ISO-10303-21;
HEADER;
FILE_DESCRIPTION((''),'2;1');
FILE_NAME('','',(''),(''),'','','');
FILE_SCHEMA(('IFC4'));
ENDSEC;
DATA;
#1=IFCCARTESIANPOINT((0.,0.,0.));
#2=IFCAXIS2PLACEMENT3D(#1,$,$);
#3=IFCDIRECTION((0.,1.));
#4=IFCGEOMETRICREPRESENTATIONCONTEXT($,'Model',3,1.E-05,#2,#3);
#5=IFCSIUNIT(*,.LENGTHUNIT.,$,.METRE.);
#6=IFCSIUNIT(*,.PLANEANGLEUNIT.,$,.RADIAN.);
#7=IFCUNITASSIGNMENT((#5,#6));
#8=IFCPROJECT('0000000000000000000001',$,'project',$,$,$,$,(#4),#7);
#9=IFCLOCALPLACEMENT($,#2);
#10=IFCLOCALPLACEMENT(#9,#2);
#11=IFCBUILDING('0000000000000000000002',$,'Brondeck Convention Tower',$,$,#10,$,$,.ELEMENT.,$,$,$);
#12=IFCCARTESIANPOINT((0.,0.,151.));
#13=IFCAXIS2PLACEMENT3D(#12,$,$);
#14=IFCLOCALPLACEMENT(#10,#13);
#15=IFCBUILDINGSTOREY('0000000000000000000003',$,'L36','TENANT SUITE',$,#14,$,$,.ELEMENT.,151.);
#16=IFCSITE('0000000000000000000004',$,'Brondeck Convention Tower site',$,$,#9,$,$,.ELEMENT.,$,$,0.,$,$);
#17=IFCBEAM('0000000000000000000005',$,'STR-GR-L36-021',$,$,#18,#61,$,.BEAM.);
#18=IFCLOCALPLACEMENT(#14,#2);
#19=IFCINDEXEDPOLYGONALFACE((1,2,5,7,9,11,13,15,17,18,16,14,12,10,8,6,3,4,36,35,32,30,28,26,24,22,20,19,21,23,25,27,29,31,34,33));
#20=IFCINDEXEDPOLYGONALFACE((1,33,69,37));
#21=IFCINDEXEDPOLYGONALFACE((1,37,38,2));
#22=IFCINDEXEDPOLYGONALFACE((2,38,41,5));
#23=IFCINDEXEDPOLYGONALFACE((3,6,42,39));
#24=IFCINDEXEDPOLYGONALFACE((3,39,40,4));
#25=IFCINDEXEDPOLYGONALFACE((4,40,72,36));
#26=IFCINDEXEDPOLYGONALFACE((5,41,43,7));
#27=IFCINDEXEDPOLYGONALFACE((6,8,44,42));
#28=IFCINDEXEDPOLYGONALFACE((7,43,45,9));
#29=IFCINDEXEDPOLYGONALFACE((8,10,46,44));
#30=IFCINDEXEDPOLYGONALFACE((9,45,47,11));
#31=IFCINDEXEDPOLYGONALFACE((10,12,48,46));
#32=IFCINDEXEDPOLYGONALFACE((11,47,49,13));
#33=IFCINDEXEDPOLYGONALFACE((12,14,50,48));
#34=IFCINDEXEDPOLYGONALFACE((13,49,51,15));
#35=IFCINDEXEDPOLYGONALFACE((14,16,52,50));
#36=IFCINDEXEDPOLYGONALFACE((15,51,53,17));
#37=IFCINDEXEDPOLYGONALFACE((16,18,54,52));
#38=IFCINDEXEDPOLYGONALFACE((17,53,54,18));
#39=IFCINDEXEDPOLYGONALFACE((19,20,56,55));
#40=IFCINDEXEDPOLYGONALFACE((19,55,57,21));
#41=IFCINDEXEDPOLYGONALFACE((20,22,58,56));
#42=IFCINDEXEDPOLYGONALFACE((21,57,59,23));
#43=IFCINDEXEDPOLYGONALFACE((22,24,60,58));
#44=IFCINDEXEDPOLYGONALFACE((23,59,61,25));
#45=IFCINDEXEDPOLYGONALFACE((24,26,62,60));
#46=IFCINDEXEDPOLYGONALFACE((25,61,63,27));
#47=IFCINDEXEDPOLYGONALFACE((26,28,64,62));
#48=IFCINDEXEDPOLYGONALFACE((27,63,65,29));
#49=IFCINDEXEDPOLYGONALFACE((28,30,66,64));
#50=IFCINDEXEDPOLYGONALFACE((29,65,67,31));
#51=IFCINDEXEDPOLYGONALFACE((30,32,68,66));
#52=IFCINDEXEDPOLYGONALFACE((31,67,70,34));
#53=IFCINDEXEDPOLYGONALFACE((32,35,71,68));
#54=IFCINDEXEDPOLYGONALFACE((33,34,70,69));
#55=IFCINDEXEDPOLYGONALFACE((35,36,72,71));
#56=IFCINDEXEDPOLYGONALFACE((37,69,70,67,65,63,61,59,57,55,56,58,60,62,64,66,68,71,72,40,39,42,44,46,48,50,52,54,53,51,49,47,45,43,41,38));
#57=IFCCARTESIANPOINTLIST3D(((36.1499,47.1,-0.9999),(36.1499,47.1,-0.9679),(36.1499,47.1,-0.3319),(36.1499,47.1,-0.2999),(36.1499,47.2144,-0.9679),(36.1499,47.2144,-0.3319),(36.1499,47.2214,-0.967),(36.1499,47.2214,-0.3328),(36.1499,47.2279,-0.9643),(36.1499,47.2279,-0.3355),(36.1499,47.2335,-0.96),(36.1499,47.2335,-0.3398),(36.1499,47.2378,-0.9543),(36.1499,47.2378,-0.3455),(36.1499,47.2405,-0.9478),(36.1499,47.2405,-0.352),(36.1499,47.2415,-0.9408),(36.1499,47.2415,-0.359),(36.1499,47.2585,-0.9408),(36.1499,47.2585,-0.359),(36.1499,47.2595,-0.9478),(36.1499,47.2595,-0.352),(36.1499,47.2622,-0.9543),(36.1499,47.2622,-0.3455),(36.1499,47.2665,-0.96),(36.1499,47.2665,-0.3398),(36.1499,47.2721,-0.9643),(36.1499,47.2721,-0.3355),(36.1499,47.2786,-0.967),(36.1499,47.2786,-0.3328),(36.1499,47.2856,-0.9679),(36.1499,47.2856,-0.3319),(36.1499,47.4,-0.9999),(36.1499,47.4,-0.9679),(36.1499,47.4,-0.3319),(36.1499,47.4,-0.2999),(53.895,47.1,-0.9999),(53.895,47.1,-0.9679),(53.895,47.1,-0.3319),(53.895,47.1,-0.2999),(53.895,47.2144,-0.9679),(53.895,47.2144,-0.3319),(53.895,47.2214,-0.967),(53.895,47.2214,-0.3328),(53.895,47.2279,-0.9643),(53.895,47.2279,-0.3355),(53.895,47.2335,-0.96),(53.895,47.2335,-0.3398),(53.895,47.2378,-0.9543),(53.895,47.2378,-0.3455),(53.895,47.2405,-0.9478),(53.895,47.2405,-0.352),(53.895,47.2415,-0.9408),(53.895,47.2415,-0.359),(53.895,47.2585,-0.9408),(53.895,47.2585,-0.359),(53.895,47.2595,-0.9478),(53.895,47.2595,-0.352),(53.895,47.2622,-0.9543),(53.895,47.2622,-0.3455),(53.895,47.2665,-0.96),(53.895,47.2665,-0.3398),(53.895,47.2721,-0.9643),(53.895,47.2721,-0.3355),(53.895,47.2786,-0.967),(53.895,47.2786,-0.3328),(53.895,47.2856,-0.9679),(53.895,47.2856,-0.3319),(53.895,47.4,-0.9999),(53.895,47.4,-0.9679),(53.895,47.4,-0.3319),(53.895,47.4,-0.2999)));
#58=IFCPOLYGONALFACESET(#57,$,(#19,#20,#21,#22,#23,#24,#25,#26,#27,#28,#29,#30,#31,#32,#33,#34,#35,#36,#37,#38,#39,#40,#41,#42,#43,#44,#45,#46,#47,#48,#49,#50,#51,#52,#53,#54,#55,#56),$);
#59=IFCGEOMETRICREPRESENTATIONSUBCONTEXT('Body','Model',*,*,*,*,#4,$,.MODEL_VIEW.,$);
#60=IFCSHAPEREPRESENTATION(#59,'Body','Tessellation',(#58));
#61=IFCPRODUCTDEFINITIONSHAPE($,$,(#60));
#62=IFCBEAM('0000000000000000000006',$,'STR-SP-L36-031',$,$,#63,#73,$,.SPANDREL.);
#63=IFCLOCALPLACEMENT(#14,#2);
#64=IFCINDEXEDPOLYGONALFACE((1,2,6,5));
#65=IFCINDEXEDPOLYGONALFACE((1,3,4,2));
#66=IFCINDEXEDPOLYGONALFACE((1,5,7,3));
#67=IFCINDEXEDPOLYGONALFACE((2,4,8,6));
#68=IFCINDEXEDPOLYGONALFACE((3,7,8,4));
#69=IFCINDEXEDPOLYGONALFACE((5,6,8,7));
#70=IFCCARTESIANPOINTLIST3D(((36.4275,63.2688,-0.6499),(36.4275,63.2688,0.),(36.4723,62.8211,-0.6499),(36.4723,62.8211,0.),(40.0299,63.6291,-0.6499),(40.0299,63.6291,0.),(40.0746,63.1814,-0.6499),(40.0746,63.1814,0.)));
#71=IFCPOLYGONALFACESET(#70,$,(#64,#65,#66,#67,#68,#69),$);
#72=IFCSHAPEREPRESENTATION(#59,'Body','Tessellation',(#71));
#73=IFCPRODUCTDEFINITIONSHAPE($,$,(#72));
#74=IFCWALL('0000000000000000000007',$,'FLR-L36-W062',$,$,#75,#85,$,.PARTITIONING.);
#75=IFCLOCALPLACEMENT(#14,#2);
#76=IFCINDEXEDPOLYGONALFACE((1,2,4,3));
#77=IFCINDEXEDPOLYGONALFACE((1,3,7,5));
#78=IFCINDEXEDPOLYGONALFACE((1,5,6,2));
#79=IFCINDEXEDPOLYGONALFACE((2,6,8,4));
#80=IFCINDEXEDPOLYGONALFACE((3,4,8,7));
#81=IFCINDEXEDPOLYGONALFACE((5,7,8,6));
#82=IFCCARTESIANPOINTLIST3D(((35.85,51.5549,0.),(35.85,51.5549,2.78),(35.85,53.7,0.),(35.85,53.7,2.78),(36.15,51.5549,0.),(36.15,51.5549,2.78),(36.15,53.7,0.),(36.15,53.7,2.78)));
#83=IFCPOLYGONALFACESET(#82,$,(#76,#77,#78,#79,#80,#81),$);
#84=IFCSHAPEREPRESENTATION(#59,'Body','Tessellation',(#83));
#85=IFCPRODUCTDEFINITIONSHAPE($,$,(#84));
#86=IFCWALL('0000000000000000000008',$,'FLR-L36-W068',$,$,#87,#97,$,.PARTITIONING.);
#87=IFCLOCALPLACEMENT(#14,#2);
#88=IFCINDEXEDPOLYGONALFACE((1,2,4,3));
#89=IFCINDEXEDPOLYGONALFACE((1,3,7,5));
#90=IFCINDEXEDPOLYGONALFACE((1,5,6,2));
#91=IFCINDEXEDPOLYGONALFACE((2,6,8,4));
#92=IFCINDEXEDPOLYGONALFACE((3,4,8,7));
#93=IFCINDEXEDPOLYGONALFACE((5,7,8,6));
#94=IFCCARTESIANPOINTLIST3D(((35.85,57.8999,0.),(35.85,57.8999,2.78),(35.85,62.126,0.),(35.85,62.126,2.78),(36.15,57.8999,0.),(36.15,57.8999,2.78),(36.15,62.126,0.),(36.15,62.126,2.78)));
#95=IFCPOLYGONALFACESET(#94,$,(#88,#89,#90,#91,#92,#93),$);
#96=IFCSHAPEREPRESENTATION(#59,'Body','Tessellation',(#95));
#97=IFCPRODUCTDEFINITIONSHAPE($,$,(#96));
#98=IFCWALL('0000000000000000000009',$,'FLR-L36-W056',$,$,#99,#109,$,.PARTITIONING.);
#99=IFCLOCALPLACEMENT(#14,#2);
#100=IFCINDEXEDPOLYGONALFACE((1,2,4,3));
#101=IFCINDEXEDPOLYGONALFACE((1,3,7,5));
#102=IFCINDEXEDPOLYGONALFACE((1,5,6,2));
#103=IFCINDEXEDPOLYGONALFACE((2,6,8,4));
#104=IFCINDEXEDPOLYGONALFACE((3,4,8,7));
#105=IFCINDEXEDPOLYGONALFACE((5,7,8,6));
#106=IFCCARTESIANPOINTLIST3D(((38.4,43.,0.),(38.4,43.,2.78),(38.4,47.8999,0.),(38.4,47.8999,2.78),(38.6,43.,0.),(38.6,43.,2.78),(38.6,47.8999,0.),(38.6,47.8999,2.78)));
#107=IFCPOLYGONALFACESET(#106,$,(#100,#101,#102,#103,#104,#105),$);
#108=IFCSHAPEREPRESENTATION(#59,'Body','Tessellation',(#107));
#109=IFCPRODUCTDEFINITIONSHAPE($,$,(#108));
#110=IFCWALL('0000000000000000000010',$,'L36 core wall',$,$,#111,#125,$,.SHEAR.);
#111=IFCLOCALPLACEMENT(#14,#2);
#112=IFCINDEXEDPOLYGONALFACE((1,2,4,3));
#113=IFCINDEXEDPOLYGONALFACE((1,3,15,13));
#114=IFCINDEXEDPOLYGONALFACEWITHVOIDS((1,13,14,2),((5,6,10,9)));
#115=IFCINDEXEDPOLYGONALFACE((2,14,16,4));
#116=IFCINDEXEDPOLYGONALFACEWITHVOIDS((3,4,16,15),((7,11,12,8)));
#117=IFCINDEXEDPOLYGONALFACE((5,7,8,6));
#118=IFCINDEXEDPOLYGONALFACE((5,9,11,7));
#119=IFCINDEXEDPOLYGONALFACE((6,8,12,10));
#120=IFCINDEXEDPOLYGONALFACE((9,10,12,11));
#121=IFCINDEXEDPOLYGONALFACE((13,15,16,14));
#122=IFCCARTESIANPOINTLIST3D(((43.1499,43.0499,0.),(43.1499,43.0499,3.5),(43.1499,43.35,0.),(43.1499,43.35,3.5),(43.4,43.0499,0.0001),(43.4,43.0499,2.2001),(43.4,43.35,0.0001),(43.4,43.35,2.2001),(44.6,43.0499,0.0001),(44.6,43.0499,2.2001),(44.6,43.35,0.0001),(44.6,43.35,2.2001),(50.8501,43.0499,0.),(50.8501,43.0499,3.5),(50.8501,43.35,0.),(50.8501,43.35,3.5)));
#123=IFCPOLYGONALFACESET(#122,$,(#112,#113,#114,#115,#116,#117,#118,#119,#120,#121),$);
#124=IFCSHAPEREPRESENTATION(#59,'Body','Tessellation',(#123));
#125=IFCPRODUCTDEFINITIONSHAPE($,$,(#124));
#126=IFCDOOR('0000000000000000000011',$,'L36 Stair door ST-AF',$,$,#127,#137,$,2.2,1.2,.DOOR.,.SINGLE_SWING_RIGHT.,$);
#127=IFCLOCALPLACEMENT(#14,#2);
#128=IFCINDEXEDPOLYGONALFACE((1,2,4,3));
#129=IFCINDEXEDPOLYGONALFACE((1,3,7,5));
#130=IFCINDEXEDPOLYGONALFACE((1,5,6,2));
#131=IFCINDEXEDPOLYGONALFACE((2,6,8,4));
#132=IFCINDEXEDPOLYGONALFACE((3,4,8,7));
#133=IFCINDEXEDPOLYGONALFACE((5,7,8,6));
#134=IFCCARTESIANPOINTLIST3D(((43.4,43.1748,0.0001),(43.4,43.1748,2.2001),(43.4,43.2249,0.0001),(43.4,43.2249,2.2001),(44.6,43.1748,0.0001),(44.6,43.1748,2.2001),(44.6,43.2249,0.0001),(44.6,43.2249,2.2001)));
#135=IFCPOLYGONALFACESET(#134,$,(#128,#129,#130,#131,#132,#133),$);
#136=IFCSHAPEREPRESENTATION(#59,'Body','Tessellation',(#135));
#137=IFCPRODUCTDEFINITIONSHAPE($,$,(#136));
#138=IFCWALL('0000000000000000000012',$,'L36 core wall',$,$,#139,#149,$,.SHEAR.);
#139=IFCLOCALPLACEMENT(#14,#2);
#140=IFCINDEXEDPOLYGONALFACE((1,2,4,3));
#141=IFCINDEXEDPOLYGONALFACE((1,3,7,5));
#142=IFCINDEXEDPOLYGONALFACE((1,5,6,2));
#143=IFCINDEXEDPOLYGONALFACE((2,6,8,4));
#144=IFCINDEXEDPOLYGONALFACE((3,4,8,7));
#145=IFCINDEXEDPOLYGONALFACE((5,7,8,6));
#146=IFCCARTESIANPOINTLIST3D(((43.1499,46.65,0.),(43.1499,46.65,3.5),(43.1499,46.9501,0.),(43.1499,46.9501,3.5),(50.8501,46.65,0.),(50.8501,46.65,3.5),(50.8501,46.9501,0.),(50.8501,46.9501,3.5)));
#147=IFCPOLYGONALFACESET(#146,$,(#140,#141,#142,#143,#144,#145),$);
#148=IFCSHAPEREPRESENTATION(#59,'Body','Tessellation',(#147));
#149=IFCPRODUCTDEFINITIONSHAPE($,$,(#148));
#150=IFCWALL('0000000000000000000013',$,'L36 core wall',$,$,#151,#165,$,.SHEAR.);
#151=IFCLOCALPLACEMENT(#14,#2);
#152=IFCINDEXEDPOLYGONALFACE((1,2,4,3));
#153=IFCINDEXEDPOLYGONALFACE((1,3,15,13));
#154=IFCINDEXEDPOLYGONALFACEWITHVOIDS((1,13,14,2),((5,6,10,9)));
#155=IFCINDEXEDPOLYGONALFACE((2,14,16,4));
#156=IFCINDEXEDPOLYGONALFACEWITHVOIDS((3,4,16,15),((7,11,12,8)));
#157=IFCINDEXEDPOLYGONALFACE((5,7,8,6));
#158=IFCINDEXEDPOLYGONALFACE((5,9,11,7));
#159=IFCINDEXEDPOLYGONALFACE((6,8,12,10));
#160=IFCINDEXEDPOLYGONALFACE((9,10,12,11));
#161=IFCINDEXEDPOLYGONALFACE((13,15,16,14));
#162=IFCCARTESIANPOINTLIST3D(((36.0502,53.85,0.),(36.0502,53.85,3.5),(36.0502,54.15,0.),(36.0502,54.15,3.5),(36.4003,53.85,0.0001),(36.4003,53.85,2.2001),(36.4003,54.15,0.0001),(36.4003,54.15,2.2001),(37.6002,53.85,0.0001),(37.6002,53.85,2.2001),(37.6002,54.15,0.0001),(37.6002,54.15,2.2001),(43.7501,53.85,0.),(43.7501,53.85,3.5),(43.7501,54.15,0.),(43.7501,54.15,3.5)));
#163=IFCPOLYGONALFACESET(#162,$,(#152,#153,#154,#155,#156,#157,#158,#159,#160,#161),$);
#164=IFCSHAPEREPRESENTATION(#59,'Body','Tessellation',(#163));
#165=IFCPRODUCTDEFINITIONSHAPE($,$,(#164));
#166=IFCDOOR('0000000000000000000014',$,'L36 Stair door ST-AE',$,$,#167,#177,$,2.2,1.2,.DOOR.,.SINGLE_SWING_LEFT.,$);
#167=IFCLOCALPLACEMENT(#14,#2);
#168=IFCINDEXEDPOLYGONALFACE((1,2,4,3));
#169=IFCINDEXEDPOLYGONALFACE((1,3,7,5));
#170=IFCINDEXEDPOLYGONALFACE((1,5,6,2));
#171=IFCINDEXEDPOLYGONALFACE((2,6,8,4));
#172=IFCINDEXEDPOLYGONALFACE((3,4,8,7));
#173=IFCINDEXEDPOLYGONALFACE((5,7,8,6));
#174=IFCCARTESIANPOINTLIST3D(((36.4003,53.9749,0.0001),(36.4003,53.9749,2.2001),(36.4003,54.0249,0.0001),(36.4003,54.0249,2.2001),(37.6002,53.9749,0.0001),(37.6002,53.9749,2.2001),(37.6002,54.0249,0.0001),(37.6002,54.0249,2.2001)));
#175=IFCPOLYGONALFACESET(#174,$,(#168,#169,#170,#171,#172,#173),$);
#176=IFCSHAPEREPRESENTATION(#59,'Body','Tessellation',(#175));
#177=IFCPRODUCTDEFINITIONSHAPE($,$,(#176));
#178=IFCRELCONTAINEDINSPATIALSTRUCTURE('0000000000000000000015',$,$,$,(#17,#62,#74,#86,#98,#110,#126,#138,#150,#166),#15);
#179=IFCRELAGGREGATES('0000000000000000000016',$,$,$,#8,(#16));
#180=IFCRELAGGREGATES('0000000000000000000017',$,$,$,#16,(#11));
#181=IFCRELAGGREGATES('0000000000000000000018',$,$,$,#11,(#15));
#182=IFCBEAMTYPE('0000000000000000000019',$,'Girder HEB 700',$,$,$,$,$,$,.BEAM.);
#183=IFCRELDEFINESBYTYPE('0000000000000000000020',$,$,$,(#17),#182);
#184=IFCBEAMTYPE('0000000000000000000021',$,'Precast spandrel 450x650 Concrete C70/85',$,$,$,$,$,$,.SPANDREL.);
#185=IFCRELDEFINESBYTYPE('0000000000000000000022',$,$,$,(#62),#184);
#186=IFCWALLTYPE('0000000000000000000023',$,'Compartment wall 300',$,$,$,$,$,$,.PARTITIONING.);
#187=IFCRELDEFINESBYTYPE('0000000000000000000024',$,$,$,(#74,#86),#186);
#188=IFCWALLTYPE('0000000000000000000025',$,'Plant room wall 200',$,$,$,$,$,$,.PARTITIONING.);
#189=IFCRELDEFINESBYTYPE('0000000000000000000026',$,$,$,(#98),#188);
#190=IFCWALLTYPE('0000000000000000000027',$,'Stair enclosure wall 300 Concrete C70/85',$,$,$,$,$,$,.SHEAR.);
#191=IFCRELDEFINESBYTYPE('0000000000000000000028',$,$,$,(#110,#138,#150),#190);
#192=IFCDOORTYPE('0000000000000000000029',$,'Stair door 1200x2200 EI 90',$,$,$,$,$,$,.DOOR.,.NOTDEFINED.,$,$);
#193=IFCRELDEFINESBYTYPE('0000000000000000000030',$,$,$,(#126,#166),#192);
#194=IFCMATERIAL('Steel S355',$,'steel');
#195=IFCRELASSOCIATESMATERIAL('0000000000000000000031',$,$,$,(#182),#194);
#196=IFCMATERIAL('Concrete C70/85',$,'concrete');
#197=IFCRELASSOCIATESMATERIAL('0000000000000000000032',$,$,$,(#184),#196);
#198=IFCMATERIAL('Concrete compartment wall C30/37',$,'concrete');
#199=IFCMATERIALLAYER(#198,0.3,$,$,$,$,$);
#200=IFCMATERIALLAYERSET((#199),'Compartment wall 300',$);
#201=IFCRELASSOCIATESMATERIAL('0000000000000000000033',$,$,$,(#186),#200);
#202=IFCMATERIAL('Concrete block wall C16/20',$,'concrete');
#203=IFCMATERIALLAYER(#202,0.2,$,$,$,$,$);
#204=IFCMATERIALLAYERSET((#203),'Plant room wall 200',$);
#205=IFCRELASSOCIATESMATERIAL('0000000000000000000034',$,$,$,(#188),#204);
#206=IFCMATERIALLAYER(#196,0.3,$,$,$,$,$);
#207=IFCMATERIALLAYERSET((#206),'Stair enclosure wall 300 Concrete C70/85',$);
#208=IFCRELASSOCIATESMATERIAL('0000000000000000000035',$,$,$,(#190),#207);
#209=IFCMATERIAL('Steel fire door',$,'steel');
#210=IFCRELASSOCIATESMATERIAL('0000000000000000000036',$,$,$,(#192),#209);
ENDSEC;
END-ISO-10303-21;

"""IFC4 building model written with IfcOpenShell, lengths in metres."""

from ifc_helpers import new_model, si_unit, direction, frame, frame_2d, origin, origin_2d, place, context, subcontext, project, spatial, rectangle, i_section, extrude, material, layer, layer_set, material_profile, profile_set, type_object, element, fill, save


model = new_model("IFC4")

# Units and contexts
model_context = context("Model", 3, precision=1e-05, world=origin(), true_north=direction((0.0, 1.0)))
body_context = subcontext(model_context, "Body", "Model", "MODEL_VIEW")
ifc_project = project(units=[si_unit("LENGTHUNIT", "METRE"), si_unit("PLANEANGLEUNIT", "RADIAN")], contexts=[model_context])

# Site, building, storey
site_placement = place(None, origin())
site = spatial("IfcSite", under=ifc_project, at=site_placement, Name="Brondeck Convention Tower site", CompositionType="ELEMENT", RefElevation=0.0)
building_placement = place(site_placement, origin())
building = spatial("IfcBuilding", under=site, at=building_placement, Name="Brondeck Convention Tower", CompositionType="ELEMENT")
storey_placement = place(building_placement, frame((0.0, 0.0, 151.0)))
storey = spatial("IfcBuildingStorey", under=building, at=storey_placement, Name="L36", Description="TENANT SUITE", CompositionType="ELEMENT", Elevation=151.0)

# Shared definitions
ifc_material_1 = material(Name="Concrete C70/85", Category="concrete")

# Beams
ifc_material_2 = material(Name="Steel S355", Category="steel")
ifc_material_profile_1 = material_profile(ifc_material_2, i_section(OverallWidth=0.3, OverallDepth=0.7, WebThickness=0.0171, FlangeThickness=0.032, FilletRadius=0.0271, at=origin_2d()), Name="HEB 700")
ifc_profile_set_1 = profile_set([ifc_material_profile_1], Name="Steel S355")
beam_type_1 = type_object("IfcBeamType", Name="Girder HEB 700", PredefinedType="BEAM", material=ifc_profile_set_1)
beam_1_placement = place(storey_placement, frame((36.1499, 47.25, -0.6499), z_axis=(1.0, 0.0, 0.0), x_axis=(0.0, 1.0, 0.0)))
element("IfcBeam", 1, at=beam_1_placement, inside=storey, type_object=beam_type_1, Name="STR-GR-L36-021", PredefinedType="BEAM", context=body_context, shape_type="SweptSolid", body=[
    extrude(i_section(OverallWidth=0.3, OverallDepth=0.7, WebThickness=0.0171, FlangeThickness=0.032, FilletRadius=0.0271, at=origin_2d()), origin(), (0.0, 0.0, 1.0), 17.7451),
])
ifc_material_profile_2 = material_profile(ifc_material_1, rectangle(XDim=0.45, YDim=0.6499, at=origin_2d()), Name="Precast spandrel 450x650 Concrete C70/85")
ifc_profile_set_2 = profile_set([ifc_material_profile_2], Name="Concrete C70/85")
beam_type_2 = type_object("IfcBeamType", Name="Precast spandrel 450x650 Concrete C70/85", PredefinedType="SPANDREL", material=ifc_profile_set_2)
beam_2_placement = place(storey_placement, frame((40.0522, 63.4053, -0.325), z_axis=(-0.995034, -0.099537, 0.0), x_axis=(0.099537, -0.995034, 0.0)))
element("IfcBeam", 2, at=beam_2_placement, inside=storey, type_object=beam_type_2, Name="STR-SP-L36-031", PredefinedType="SPANDREL", context=body_context, shape_type="SweptSolid", body=[
    extrude(rectangle(XDim=0.45, YDim=0.6499, at=origin_2d()), origin(), (0.0, 0.0, 1.0), 3.6204),
])

# Walls
ifc_material_3 = material(Name="Concrete compartment wall C30/37", Category="concrete")
ifc_layer_1 = layer(ifc_material_3, 0.3)
ifc_layer_set_1 = layer_set([ifc_layer_1], Name="Compartment wall 300")
wall_type_1 = type_object("IfcWallType", Name="Compartment wall 300", PredefinedType="PARTITIONING", material=ifc_layer_set_1)
wall_1_placement = place(storey_placement, frame((36.0, 51.5549, 0.0), z_axis=(0.0, 0.0, 1.0), x_axis=(0.0, 1.0, 0.0)))
element("IfcWall", 3, at=wall_1_placement, inside=storey, type_object=wall_type_1, Name="FLR-L36-W062", PredefinedType="PARTITIONING", context=body_context, shape_type="SweptSolid", body=[
    extrude(rectangle(XDim=2.145, YDim=0.3, at=frame_2d((1.0725, 0.0))), origin(), (0.0, 0.0, 1.0), 2.78),
])
wall_2_placement = place(storey_placement, frame((36.0, 57.8999, 0.0), z_axis=(0.0, 0.0, 1.0), x_axis=(0.0, 1.0, 0.0)))
element("IfcWall", 4, at=wall_2_placement, inside=storey, type_object=wall_type_1, Name="FLR-L36-W068", PredefinedType="PARTITIONING", context=body_context, shape_type="SweptSolid", body=[
    extrude(rectangle(XDim=4.2261, YDim=0.3, at=frame_2d((2.113, 0.0))), origin(), (0.0, 0.0, 1.0), 2.78),
])
ifc_material_4 = material(Name="Concrete block wall C16/20", Category="concrete")
ifc_layer_2 = layer(ifc_material_4, 0.2)
ifc_layer_set_2 = layer_set([ifc_layer_2], Name="Plant room wall 200")
wall_type_2 = type_object("IfcWallType", Name="Plant room wall 200", PredefinedType="PARTITIONING", material=ifc_layer_set_2)
wall_3_placement = place(storey_placement, frame((38.5, 47.8999, 0.0), z_axis=(0.0, 0.0, 1.0), x_axis=(0.0, -1.0, 0.0)))
element("IfcWall", 5, at=wall_3_placement, inside=storey, type_object=wall_type_2, Name="FLR-L36-W056", PredefinedType="PARTITIONING", context=body_context, shape_type="SweptSolid", body=[
    extrude(rectangle(XDim=4.8999, YDim=0.2, at=frame_2d((2.45, 0.0))), origin(), (0.0, 0.0, 1.0), 2.78),
])

# Wall, opening, door
ifc_layer_3 = layer(ifc_material_1, 0.3)
ifc_layer_set_3 = layer_set([ifc_layer_3], Name="Stair enclosure wall 300 Concrete C70/85")
wall_type_3 = type_object("IfcWallType", Name="Stair enclosure wall 300 Concrete C70/85", PredefinedType="SHEAR", material=ifc_layer_set_3)
wall_4_placement = place(storey_placement, frame((43.1499, 43.2, 0.0), z_axis=(0.0, 0.0, 1.0), x_axis=(1.0, 0.0, 0.0)))
wall_4 = element("IfcWall", 6, at=wall_4_placement, inside=storey, type_object=wall_type_3, Name="L36 core wall", PredefinedType="SHEAR", context=body_context, shape_type="SweptSolid", body=[
    extrude(rectangle(XDim=7.7002, YDim=0.3, at=frame_2d((3.8501, 0.0))), origin(), (0.0, 0.0, 1.0), 3.5),
])
opening_1_placement = place(wall_4_placement, frame((0.25, 0.0, 0.0)))
opening_1 = element("IfcOpeningElement", 7, at=opening_1_placement, cuts=wall_4, PredefinedType="OPENING", context=body_context, shape_type="SweptSolid", body=[
    extrude(rectangle(XDim=1.2, YDim=2.2, at=frame_2d((0.6001, 1.1001))), frame((0.0, 0.1599, 0.0), z_axis=(0.0, -1.0, 0.0), x_axis=(1.0, 0.0, 0.0)), (0.0, 0.0, 1.0), 0.3201),
])
ifc_material_5 = material(Name="Steel fire door", Category="steel")
door_type = type_object("IfcDoorType", Name="Stair door 1200x2200 EI 90", OperationType="NOTDEFINED", PredefinedType="DOOR", material=ifc_material_5)
door_1_placement = place(opening_1_placement, origin())
door_1 = element("IfcDoor", 8, at=door_1_placement, inside=storey, type_object=door_type, Name="L36 Stair door ST-AF", OperationType="SINGLE_SWING_RIGHT", OverallHeight=2.2, OverallWidth=1.2, PredefinedType="DOOR", context=body_context, shape_type="SweptSolid", body=[
    extrude(rectangle(XDim=1.2, YDim=2.2, at=frame_2d((0.6001, 1.1001))), frame((0.0, 0.0249, 0.0), z_axis=(0.0, -1.0, 0.0), x_axis=(1.0, 0.0, 0.0)), (0.0, 0.0, 1.0), 0.05),
])
fill(opening_1, door_1)

# Wall
wall_5_placement = place(storey_placement, frame((43.1499, 46.8, 0.0), z_axis=(0.0, 0.0, 1.0), x_axis=(1.0, 0.0, 0.0)))
element("IfcWall", 9, at=wall_5_placement, inside=storey, type_object=wall_type_3, Name="L36 core wall", PredefinedType="SHEAR", context=body_context, shape_type="SweptSolid", body=[
    extrude(rectangle(XDim=7.7002, YDim=0.3, at=frame_2d((3.8501, 0.0))), origin(), (0.0, 0.0, 1.0), 3.5),
])

# Wall, opening, door
wall_6_placement = place(storey_placement, frame((36.05, 54.0, 0.0), z_axis=(0.0, 0.0, 1.0), x_axis=(1.0, 0.0, 0.0)))
wall_6 = element("IfcWall", 10, at=wall_6_placement, inside=storey, type_object=wall_type_3, Name="L36 core wall", PredefinedType="SHEAR", context=body_context, shape_type="SweptSolid", body=[
    extrude(rectangle(XDim=7.7, YDim=0.3, at=frame_2d((3.8501, 0.0))), origin(), (0.0, 0.0, 1.0), 3.5),
])
opening_2_placement = place(wall_6_placement, frame((0.3501, 0.0, 0.0)))
opening_2 = element("IfcOpeningElement", 11, at=opening_2_placement, cuts=wall_6, PredefinedType="OPENING", context=body_context, shape_type="SweptSolid", body=[
    extrude(rectangle(XDim=1.2, YDim=2.2, at=frame_2d((0.6001, 1.1001))), frame((0.0, 0.1599, 0.0), z_axis=(0.0, -1.0, 0.0), x_axis=(1.0, 0.0, 0.0)), (0.0, 0.0, 1.0), 0.3201),
])
door_2_placement = place(opening_2_placement, origin())
door_2 = element("IfcDoor", 12, at=door_2_placement, inside=storey, type_object=door_type, Name="L36 Stair door ST-AE", OperationType="SINGLE_SWING_LEFT", OverallHeight=2.2, OverallWidth=1.2, PredefinedType="DOOR", context=body_context, shape_type="SweptSolid", body=[
    extrude(rectangle(XDim=1.2, YDim=2.2, at=frame_2d((0.6001, 1.1001))), frame((0.0, 0.0249, 0.0), z_axis=(0.0, -1.0, 0.0), x_axis=(1.0, 0.0, 0.0)), (0.0, 0.0, 1.0), 0.05),
])
fill(opening_2, door_2)

save(model, "model.ifc")
